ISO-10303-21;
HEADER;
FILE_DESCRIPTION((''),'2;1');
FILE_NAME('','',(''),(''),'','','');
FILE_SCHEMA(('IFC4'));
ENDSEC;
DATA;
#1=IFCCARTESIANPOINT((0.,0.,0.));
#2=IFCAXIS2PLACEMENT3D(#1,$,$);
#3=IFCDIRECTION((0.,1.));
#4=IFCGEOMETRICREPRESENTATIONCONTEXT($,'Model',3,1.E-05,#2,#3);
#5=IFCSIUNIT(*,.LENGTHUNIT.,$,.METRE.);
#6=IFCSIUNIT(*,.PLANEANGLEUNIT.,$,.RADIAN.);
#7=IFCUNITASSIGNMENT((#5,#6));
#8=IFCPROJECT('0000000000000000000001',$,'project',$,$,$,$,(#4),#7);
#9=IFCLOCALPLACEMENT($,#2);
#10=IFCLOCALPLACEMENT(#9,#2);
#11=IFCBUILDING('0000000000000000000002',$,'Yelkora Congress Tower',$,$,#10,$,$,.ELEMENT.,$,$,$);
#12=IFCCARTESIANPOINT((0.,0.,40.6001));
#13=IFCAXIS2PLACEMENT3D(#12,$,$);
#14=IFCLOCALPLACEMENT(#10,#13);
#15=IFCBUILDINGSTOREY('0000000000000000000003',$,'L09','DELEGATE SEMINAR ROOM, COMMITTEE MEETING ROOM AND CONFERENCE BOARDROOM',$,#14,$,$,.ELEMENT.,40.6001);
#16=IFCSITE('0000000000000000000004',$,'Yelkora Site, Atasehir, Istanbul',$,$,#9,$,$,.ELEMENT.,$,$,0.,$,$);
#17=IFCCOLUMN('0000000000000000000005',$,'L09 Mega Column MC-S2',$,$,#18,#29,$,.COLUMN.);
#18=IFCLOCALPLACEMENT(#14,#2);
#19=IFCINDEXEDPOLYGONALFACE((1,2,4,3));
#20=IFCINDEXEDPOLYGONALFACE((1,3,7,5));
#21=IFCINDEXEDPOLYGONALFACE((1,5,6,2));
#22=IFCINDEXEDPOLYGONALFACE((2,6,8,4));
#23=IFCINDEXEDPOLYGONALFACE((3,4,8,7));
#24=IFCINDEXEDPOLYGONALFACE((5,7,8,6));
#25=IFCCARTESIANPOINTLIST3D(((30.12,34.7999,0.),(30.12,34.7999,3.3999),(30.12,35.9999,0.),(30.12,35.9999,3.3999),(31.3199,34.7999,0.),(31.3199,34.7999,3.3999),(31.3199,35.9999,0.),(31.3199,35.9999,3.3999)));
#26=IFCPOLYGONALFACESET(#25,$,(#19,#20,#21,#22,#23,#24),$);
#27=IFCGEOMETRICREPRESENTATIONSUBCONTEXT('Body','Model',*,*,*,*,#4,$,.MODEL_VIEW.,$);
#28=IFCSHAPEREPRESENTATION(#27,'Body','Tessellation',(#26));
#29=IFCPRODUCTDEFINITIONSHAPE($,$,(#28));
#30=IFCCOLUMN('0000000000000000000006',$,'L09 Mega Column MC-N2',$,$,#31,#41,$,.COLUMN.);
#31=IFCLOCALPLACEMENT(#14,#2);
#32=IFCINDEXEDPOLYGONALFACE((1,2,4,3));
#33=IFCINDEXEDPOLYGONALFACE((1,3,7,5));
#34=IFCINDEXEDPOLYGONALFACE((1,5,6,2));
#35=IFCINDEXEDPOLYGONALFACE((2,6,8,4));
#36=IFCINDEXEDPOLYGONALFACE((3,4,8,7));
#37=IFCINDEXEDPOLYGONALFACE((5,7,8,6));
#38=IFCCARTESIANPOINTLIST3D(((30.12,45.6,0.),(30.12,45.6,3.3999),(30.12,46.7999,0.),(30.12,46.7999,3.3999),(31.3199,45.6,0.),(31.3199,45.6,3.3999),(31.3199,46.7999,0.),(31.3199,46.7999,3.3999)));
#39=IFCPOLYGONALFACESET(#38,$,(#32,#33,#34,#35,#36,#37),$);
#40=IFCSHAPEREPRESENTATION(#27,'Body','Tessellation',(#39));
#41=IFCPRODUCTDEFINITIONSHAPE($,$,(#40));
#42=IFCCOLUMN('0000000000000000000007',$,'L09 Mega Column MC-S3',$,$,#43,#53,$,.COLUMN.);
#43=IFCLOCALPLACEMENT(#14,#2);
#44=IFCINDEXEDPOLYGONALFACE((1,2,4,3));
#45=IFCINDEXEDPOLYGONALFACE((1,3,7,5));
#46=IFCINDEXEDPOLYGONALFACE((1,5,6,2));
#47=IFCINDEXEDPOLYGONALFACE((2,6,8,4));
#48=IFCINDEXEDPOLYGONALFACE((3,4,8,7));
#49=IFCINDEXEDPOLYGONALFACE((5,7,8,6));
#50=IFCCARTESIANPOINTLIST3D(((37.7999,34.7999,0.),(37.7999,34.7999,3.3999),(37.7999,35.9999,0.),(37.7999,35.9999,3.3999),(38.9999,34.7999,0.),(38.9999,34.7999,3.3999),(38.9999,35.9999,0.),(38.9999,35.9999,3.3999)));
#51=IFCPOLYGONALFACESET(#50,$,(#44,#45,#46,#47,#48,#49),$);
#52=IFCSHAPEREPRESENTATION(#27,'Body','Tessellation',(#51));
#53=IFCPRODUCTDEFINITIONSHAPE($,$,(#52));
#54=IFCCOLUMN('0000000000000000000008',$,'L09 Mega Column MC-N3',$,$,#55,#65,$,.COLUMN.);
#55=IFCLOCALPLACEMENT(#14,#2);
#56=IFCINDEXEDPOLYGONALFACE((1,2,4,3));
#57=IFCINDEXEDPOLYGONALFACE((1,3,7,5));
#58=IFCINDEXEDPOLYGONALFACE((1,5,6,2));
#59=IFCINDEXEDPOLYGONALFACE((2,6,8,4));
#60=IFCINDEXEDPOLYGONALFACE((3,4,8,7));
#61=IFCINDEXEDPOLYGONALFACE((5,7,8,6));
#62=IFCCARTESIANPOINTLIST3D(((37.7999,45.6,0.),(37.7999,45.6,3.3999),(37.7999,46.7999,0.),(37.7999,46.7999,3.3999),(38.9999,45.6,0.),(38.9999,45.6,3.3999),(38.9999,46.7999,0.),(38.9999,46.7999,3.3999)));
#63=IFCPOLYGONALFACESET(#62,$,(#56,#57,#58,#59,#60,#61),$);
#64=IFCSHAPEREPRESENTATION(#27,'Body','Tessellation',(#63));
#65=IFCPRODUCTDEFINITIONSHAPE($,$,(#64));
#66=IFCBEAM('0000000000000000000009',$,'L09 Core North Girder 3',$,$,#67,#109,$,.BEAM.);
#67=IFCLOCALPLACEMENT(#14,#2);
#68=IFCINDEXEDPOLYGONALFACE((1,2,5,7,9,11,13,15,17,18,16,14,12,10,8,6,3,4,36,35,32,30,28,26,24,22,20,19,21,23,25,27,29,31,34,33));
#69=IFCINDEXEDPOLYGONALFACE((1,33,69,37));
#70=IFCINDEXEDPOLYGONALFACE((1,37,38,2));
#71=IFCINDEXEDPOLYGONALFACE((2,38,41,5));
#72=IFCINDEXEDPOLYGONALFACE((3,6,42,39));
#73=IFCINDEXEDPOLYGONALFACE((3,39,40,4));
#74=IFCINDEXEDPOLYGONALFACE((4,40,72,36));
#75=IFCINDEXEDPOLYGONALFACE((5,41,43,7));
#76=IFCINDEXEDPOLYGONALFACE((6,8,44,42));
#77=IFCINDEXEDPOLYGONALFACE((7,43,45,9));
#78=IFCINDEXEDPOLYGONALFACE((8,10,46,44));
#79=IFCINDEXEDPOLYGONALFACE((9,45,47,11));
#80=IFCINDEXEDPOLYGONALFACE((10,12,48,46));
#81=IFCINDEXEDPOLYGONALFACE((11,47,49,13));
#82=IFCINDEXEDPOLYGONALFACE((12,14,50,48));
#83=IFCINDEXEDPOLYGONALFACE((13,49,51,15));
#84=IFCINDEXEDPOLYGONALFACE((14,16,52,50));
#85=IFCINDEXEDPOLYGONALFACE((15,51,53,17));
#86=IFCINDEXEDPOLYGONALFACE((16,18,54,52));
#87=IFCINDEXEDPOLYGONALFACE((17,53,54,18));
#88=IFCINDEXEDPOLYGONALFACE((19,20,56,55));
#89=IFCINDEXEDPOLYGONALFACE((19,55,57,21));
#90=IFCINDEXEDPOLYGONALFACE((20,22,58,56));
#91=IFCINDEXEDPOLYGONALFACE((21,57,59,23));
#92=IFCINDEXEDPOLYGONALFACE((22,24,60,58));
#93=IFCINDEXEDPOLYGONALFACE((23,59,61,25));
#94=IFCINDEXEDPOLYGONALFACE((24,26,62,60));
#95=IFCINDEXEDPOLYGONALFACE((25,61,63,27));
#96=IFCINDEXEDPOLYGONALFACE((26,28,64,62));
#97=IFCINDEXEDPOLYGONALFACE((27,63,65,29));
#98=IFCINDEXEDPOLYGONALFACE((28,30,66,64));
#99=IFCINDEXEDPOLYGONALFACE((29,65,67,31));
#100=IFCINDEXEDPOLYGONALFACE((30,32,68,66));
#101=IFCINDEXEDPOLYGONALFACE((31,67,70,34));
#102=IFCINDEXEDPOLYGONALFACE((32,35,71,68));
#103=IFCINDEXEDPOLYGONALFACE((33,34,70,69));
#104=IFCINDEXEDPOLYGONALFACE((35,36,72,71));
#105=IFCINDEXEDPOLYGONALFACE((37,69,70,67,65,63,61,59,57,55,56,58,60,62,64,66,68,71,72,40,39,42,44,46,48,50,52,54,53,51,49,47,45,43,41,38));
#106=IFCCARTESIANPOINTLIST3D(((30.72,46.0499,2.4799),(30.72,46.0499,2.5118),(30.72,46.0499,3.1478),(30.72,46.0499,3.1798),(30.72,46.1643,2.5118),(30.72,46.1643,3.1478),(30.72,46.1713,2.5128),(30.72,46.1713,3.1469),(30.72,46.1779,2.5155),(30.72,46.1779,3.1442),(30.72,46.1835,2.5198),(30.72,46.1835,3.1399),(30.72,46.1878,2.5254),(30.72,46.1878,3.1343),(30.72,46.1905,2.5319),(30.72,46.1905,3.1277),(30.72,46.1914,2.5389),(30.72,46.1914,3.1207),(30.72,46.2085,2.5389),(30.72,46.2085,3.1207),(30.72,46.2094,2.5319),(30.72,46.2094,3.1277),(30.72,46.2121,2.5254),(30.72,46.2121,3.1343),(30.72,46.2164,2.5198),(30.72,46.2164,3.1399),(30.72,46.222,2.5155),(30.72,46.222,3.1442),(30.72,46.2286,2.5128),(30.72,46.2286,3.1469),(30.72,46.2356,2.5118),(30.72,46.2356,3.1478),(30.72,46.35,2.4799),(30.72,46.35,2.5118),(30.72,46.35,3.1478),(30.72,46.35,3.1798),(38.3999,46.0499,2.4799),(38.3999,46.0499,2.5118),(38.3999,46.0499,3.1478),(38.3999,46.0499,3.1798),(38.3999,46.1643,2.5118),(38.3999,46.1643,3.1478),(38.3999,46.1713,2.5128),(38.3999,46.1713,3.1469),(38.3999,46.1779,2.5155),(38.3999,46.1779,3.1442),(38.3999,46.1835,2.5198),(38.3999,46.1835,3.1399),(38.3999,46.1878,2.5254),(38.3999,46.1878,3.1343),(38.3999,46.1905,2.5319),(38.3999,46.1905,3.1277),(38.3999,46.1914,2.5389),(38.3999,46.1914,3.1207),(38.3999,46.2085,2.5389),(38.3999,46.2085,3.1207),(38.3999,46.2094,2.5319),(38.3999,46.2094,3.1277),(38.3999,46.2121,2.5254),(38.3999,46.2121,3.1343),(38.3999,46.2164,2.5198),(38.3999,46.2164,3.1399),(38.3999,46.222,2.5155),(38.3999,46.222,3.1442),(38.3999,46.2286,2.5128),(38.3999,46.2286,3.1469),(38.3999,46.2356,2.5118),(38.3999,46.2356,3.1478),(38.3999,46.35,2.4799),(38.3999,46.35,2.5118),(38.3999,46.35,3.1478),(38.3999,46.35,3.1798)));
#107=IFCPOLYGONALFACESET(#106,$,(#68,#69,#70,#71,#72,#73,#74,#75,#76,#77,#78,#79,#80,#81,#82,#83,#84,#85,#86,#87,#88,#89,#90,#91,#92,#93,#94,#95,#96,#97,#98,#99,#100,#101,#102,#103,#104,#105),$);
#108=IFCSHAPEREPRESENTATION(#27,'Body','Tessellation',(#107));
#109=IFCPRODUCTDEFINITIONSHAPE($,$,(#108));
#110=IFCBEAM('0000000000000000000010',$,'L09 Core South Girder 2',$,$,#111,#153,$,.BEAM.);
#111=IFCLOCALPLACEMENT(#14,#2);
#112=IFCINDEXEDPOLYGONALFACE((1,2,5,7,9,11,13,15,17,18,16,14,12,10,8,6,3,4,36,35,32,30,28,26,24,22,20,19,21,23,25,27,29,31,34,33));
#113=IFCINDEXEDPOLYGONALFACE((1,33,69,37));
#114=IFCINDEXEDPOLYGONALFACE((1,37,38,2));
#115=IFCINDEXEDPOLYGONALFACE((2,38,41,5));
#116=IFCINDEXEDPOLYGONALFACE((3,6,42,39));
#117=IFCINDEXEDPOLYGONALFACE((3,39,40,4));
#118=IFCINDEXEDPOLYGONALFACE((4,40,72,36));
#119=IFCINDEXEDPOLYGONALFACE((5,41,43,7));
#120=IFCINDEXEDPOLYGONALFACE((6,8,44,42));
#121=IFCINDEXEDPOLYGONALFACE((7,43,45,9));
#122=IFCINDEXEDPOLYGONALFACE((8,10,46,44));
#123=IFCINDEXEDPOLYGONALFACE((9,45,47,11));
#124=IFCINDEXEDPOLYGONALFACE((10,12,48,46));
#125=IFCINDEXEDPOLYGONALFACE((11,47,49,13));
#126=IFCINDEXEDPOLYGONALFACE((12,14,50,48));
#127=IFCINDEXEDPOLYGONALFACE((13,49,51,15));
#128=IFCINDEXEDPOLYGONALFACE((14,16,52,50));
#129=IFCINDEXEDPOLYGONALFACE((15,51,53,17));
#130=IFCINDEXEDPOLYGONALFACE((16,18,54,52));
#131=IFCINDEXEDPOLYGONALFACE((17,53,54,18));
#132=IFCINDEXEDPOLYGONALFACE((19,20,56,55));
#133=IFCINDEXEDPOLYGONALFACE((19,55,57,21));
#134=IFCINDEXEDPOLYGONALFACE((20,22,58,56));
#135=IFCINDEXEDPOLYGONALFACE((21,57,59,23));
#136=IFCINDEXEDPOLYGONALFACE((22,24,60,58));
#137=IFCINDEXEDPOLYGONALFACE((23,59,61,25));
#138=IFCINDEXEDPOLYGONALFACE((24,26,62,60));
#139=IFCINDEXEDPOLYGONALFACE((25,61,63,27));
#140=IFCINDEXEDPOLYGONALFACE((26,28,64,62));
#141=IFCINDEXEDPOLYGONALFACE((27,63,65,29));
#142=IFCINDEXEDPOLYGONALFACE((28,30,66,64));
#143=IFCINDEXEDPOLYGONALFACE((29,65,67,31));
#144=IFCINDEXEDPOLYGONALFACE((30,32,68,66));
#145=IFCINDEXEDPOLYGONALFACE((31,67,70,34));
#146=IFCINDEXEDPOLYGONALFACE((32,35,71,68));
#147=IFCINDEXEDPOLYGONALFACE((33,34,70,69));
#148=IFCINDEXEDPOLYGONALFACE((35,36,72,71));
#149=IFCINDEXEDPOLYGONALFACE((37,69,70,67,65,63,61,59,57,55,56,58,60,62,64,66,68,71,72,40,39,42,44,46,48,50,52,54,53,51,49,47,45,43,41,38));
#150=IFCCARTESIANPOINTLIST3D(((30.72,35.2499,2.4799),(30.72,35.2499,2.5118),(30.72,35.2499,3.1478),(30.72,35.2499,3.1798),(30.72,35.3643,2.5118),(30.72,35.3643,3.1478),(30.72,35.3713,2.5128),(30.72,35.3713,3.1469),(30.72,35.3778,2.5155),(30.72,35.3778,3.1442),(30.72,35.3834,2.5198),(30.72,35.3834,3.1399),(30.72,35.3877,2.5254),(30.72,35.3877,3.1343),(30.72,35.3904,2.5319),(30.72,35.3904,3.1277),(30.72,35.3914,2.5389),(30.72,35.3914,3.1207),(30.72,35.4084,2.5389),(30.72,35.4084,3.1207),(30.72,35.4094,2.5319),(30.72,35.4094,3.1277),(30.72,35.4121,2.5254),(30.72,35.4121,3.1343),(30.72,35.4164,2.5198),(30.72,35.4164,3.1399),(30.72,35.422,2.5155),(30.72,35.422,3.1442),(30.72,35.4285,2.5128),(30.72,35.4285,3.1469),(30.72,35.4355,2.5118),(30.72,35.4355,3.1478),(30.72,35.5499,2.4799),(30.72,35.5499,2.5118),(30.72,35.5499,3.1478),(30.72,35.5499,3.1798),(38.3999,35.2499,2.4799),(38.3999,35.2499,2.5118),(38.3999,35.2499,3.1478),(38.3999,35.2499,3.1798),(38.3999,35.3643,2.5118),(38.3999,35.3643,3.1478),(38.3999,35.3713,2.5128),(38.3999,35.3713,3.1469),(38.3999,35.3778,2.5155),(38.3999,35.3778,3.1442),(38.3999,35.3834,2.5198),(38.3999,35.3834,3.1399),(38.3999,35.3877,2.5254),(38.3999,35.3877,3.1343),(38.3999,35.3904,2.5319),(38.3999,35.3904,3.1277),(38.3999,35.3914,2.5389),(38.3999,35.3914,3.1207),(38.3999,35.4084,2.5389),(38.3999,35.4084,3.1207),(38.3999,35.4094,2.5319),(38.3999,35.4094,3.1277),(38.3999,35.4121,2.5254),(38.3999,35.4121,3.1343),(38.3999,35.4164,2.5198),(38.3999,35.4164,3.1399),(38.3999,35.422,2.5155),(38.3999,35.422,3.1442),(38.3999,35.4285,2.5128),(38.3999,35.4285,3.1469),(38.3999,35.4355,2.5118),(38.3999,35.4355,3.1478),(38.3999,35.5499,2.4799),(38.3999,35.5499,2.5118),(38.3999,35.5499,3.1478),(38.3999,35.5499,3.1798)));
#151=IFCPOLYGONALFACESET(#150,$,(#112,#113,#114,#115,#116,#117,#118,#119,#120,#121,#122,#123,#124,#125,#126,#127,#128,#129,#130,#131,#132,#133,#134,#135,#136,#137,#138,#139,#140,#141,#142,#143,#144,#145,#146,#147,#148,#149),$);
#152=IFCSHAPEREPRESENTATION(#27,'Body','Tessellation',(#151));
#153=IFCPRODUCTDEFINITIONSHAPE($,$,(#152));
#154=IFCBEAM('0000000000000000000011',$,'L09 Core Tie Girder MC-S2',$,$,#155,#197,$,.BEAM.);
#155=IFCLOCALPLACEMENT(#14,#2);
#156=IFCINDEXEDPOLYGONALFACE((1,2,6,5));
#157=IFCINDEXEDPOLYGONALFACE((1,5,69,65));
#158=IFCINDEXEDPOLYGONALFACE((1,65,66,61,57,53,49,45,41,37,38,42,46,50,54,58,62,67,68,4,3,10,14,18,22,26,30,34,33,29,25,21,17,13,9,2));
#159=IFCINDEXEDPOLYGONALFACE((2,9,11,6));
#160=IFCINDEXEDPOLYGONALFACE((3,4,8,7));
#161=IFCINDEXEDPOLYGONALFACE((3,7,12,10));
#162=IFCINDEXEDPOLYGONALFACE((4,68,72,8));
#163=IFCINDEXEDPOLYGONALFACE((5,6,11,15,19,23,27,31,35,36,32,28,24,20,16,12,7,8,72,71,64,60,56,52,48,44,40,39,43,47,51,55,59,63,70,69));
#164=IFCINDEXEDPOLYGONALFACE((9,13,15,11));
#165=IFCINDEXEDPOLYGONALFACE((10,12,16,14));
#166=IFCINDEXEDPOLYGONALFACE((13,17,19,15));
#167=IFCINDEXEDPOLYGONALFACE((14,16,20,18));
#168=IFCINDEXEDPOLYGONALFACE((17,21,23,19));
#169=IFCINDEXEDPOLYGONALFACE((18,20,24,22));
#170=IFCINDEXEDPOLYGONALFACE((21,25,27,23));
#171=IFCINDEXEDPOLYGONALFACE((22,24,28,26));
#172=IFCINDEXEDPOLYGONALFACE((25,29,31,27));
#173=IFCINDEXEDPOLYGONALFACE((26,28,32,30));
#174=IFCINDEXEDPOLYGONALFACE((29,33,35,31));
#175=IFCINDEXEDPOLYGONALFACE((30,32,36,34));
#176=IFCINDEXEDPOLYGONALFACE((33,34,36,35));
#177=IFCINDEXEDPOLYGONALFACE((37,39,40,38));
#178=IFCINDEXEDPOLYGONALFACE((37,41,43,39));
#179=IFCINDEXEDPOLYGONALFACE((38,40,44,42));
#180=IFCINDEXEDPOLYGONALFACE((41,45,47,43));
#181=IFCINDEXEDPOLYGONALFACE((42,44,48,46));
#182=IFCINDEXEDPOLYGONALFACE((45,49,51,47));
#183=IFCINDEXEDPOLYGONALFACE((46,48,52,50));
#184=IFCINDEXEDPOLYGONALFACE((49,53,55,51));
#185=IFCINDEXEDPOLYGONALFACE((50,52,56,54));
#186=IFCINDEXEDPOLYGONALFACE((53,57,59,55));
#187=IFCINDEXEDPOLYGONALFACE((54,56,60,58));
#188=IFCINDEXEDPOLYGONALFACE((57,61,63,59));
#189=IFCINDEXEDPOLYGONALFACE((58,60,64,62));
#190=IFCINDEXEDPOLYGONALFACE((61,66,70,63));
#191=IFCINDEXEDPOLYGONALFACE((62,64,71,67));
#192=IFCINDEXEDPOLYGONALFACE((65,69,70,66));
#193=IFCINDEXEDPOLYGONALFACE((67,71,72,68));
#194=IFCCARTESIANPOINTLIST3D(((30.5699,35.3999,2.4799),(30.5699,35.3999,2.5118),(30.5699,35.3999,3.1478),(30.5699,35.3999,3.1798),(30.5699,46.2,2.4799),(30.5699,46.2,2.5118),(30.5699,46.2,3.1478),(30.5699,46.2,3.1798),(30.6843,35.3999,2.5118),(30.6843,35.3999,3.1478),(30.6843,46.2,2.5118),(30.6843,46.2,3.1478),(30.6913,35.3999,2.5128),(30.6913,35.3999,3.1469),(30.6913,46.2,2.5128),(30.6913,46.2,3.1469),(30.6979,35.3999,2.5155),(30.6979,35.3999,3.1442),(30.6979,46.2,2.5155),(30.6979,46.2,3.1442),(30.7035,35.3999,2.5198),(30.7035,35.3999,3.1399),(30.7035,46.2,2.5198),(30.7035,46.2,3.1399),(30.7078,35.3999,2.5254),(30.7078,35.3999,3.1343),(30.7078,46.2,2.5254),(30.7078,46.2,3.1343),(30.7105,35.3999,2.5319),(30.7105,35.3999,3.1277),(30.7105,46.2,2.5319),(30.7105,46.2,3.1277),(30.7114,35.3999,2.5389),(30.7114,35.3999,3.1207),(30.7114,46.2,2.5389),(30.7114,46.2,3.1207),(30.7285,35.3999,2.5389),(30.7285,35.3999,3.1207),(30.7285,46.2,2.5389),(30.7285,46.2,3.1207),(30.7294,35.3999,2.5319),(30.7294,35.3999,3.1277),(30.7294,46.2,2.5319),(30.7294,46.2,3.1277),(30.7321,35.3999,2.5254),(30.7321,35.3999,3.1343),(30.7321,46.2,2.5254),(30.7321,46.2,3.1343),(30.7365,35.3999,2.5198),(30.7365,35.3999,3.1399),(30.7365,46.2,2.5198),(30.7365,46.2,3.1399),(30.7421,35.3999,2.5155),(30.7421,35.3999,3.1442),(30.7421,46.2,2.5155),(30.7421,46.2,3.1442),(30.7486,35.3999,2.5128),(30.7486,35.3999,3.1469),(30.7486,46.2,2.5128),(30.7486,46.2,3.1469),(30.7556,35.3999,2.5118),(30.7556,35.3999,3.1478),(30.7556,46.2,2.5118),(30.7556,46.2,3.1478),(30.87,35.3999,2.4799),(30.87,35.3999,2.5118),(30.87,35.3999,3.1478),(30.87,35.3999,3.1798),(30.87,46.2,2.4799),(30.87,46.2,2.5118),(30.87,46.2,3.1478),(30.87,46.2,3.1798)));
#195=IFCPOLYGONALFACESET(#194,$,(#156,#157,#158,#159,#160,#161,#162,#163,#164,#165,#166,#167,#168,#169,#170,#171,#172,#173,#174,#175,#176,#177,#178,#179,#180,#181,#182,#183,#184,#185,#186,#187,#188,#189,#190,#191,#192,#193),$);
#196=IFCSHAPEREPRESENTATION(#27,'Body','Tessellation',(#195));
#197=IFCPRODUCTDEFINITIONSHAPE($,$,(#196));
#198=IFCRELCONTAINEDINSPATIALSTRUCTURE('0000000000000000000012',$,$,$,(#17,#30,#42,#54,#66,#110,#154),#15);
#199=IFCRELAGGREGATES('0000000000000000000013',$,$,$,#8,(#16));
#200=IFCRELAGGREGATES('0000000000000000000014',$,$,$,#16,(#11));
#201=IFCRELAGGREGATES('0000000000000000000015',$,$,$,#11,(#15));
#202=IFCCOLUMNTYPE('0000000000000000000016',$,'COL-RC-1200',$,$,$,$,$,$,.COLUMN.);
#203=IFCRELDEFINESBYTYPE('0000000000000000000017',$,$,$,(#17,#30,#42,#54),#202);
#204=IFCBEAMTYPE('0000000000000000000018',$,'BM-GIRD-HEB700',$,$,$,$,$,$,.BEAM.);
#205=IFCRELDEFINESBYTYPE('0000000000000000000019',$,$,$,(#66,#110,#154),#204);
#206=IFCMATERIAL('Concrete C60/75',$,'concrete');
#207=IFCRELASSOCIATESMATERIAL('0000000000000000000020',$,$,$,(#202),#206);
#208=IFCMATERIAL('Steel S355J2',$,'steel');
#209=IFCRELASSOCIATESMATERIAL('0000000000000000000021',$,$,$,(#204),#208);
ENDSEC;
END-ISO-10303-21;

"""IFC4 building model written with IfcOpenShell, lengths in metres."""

from ifc_helpers import new_model, si_unit, direction, frame, origin, origin_2d, place, context, subcontext, project, spatial, rectangle, i_section, extrude, material, material_profile, profile_set, type_object, element, save


model = new_model("IFC4")

# Units and contexts
model_context = context("Model", 3, precision=1e-05, world=origin(), true_north=direction((0.0, 1.0)))
body_context = subcontext(model_context, "Body", "Model", "MODEL_VIEW")
ifc_project = project(units=[si_unit("LENGTHUNIT", "METRE"), si_unit("PLANEANGLEUNIT", "RADIAN")], contexts=[model_context])

# Site, building, storey
site_placement = place(None, origin())
site = spatial("IfcSite", under=ifc_project, at=site_placement, Name="Yelkora Site, Atasehir, Istanbul", CompositionType="ELEMENT", RefElevation=0.0)
building_placement = place(site_placement, origin())
building = spatial("IfcBuilding", under=site, at=building_placement, Name="Yelkora Congress Tower", CompositionType="ELEMENT")
storey_placement = place(building_placement, frame((0.0, 0.0, 40.6001)))
storey = spatial("IfcBuildingStorey", under=building, at=storey_placement, Name="L09", Description="DELEGATE SEMINAR ROOM, COMMITTEE MEETING ROOM AND CONFERENCE BOARDROOM", CompositionType="ELEMENT", Elevation=40.6001)

# Columns
ifc_material_1 = material(Name="Concrete C60/75", Category="concrete")
ifc_material_profile_1 = material_profile(ifc_material_1, rectangle(XDim=1.2, YDim=1.2, at=origin_2d()), Name="RC 1200x1200")
ifc_profile_set_1 = profile_set([ifc_material_profile_1], Name="Concrete C60/75")
column_type = type_object("IfcColumnType", Name="COL-RC-1200", PredefinedType="COLUMN", material=ifc_profile_set_1)
for number, where, z_axis, x_axis, name in (
    (1, (30.72, 35.3999, 0.0), (0.0, 0.0, 1.0), (1.0, 0.0, 0.0), "L09 Mega Column MC-S2"),
    (2, (30.72, 46.2, 0.0), (0.0, 0.0, 1.0), (1.0, 0.0, 0.0), "L09 Mega Column MC-N2"),
    (3, (38.3999, 35.3999, 0.0), (0.0, 0.0, 1.0), (1.0, 0.0, 0.0), "L09 Mega Column MC-S3"),
    (4, (38.3999, 46.2, 0.0), (0.0, 0.0, 1.0), (1.0, 0.0, 0.0), "L09 Mega Column MC-N3"),
):
    element("IfcColumn", number, at=place(storey_placement, frame(where, z_axis=z_axis, x_axis=x_axis)), inside=storey, type_object=column_type, Name=name, PredefinedType="COLUMN", context=body_context, shape_type="SweptSolid", body=[
        extrude(rectangle(XDim=1.2, YDim=1.2, at=origin_2d()), origin(), (0.0, 0.0, 1.0), 3.3999),
    ])

# Beams
ifc_material_2 = material(Name="Steel S355J2", Category="steel")
ifc_material_profile_2 = material_profile(ifc_material_2, i_section(OverallWidth=0.3, OverallDepth=0.7, WebThickness=0.0171, FlangeThickness=0.032, FilletRadius=0.0271, at=origin_2d()), Name="HEB 700")
ifc_profile_set_2 = profile_set([ifc_material_profile_2], Name="Steel S355J2")
beam_type = type_object("IfcBeamType", Name="BM-GIRD-HEB700", PredefinedType="BEAM", material=ifc_profile_set_2)
for number, where, z_axis, x_axis, name in (
    (5, (30.72, 46.2, 2.8298), (1.0, 0.0, 0.0), (0.0, 1.0, 0.0), "L09 Core North Girder 3"),
    (6, (30.72, 35.3999, 2.8298), (1.0, 0.0, 0.0), (0.0, 1.0, 0.0), "L09 Core South Girder 2"),
):
    element("IfcBeam", number, at=place(storey_placement, frame(where, z_axis=z_axis, x_axis=x_axis)), inside=storey, type_object=beam_type, Name=name, PredefinedType="BEAM", context=body_context, shape_type="SweptSolid", body=[
        extrude(i_section(OverallWidth=0.3, OverallDepth=0.7, WebThickness=0.0171, FlangeThickness=0.032, FilletRadius=0.0271, at=origin_2d()), origin(), (0.0, 0.0, 1.0), 7.6799),
    ])
beam_placement = place(storey_placement, frame((30.72, 35.3999, 2.8298), z_axis=(0.0, 1.0, 0.0), x_axis=(-1.0, 0.0, 0.0)))
element("IfcBeam", 7, at=beam_placement, inside=storey, type_object=beam_type, Name="L09 Core Tie Girder MC-S2", PredefinedType="BEAM", context=body_context, shape_type="SweptSolid", body=[
    extrude(i_section(OverallWidth=0.3, OverallDepth=0.7, WebThickness=0.0171, FlangeThickness=0.032, FilletRadius=0.0271, at=origin_2d()), origin(), (0.0, 0.0, 1.0), 10.8),
])

save(model, "model.ifc")
